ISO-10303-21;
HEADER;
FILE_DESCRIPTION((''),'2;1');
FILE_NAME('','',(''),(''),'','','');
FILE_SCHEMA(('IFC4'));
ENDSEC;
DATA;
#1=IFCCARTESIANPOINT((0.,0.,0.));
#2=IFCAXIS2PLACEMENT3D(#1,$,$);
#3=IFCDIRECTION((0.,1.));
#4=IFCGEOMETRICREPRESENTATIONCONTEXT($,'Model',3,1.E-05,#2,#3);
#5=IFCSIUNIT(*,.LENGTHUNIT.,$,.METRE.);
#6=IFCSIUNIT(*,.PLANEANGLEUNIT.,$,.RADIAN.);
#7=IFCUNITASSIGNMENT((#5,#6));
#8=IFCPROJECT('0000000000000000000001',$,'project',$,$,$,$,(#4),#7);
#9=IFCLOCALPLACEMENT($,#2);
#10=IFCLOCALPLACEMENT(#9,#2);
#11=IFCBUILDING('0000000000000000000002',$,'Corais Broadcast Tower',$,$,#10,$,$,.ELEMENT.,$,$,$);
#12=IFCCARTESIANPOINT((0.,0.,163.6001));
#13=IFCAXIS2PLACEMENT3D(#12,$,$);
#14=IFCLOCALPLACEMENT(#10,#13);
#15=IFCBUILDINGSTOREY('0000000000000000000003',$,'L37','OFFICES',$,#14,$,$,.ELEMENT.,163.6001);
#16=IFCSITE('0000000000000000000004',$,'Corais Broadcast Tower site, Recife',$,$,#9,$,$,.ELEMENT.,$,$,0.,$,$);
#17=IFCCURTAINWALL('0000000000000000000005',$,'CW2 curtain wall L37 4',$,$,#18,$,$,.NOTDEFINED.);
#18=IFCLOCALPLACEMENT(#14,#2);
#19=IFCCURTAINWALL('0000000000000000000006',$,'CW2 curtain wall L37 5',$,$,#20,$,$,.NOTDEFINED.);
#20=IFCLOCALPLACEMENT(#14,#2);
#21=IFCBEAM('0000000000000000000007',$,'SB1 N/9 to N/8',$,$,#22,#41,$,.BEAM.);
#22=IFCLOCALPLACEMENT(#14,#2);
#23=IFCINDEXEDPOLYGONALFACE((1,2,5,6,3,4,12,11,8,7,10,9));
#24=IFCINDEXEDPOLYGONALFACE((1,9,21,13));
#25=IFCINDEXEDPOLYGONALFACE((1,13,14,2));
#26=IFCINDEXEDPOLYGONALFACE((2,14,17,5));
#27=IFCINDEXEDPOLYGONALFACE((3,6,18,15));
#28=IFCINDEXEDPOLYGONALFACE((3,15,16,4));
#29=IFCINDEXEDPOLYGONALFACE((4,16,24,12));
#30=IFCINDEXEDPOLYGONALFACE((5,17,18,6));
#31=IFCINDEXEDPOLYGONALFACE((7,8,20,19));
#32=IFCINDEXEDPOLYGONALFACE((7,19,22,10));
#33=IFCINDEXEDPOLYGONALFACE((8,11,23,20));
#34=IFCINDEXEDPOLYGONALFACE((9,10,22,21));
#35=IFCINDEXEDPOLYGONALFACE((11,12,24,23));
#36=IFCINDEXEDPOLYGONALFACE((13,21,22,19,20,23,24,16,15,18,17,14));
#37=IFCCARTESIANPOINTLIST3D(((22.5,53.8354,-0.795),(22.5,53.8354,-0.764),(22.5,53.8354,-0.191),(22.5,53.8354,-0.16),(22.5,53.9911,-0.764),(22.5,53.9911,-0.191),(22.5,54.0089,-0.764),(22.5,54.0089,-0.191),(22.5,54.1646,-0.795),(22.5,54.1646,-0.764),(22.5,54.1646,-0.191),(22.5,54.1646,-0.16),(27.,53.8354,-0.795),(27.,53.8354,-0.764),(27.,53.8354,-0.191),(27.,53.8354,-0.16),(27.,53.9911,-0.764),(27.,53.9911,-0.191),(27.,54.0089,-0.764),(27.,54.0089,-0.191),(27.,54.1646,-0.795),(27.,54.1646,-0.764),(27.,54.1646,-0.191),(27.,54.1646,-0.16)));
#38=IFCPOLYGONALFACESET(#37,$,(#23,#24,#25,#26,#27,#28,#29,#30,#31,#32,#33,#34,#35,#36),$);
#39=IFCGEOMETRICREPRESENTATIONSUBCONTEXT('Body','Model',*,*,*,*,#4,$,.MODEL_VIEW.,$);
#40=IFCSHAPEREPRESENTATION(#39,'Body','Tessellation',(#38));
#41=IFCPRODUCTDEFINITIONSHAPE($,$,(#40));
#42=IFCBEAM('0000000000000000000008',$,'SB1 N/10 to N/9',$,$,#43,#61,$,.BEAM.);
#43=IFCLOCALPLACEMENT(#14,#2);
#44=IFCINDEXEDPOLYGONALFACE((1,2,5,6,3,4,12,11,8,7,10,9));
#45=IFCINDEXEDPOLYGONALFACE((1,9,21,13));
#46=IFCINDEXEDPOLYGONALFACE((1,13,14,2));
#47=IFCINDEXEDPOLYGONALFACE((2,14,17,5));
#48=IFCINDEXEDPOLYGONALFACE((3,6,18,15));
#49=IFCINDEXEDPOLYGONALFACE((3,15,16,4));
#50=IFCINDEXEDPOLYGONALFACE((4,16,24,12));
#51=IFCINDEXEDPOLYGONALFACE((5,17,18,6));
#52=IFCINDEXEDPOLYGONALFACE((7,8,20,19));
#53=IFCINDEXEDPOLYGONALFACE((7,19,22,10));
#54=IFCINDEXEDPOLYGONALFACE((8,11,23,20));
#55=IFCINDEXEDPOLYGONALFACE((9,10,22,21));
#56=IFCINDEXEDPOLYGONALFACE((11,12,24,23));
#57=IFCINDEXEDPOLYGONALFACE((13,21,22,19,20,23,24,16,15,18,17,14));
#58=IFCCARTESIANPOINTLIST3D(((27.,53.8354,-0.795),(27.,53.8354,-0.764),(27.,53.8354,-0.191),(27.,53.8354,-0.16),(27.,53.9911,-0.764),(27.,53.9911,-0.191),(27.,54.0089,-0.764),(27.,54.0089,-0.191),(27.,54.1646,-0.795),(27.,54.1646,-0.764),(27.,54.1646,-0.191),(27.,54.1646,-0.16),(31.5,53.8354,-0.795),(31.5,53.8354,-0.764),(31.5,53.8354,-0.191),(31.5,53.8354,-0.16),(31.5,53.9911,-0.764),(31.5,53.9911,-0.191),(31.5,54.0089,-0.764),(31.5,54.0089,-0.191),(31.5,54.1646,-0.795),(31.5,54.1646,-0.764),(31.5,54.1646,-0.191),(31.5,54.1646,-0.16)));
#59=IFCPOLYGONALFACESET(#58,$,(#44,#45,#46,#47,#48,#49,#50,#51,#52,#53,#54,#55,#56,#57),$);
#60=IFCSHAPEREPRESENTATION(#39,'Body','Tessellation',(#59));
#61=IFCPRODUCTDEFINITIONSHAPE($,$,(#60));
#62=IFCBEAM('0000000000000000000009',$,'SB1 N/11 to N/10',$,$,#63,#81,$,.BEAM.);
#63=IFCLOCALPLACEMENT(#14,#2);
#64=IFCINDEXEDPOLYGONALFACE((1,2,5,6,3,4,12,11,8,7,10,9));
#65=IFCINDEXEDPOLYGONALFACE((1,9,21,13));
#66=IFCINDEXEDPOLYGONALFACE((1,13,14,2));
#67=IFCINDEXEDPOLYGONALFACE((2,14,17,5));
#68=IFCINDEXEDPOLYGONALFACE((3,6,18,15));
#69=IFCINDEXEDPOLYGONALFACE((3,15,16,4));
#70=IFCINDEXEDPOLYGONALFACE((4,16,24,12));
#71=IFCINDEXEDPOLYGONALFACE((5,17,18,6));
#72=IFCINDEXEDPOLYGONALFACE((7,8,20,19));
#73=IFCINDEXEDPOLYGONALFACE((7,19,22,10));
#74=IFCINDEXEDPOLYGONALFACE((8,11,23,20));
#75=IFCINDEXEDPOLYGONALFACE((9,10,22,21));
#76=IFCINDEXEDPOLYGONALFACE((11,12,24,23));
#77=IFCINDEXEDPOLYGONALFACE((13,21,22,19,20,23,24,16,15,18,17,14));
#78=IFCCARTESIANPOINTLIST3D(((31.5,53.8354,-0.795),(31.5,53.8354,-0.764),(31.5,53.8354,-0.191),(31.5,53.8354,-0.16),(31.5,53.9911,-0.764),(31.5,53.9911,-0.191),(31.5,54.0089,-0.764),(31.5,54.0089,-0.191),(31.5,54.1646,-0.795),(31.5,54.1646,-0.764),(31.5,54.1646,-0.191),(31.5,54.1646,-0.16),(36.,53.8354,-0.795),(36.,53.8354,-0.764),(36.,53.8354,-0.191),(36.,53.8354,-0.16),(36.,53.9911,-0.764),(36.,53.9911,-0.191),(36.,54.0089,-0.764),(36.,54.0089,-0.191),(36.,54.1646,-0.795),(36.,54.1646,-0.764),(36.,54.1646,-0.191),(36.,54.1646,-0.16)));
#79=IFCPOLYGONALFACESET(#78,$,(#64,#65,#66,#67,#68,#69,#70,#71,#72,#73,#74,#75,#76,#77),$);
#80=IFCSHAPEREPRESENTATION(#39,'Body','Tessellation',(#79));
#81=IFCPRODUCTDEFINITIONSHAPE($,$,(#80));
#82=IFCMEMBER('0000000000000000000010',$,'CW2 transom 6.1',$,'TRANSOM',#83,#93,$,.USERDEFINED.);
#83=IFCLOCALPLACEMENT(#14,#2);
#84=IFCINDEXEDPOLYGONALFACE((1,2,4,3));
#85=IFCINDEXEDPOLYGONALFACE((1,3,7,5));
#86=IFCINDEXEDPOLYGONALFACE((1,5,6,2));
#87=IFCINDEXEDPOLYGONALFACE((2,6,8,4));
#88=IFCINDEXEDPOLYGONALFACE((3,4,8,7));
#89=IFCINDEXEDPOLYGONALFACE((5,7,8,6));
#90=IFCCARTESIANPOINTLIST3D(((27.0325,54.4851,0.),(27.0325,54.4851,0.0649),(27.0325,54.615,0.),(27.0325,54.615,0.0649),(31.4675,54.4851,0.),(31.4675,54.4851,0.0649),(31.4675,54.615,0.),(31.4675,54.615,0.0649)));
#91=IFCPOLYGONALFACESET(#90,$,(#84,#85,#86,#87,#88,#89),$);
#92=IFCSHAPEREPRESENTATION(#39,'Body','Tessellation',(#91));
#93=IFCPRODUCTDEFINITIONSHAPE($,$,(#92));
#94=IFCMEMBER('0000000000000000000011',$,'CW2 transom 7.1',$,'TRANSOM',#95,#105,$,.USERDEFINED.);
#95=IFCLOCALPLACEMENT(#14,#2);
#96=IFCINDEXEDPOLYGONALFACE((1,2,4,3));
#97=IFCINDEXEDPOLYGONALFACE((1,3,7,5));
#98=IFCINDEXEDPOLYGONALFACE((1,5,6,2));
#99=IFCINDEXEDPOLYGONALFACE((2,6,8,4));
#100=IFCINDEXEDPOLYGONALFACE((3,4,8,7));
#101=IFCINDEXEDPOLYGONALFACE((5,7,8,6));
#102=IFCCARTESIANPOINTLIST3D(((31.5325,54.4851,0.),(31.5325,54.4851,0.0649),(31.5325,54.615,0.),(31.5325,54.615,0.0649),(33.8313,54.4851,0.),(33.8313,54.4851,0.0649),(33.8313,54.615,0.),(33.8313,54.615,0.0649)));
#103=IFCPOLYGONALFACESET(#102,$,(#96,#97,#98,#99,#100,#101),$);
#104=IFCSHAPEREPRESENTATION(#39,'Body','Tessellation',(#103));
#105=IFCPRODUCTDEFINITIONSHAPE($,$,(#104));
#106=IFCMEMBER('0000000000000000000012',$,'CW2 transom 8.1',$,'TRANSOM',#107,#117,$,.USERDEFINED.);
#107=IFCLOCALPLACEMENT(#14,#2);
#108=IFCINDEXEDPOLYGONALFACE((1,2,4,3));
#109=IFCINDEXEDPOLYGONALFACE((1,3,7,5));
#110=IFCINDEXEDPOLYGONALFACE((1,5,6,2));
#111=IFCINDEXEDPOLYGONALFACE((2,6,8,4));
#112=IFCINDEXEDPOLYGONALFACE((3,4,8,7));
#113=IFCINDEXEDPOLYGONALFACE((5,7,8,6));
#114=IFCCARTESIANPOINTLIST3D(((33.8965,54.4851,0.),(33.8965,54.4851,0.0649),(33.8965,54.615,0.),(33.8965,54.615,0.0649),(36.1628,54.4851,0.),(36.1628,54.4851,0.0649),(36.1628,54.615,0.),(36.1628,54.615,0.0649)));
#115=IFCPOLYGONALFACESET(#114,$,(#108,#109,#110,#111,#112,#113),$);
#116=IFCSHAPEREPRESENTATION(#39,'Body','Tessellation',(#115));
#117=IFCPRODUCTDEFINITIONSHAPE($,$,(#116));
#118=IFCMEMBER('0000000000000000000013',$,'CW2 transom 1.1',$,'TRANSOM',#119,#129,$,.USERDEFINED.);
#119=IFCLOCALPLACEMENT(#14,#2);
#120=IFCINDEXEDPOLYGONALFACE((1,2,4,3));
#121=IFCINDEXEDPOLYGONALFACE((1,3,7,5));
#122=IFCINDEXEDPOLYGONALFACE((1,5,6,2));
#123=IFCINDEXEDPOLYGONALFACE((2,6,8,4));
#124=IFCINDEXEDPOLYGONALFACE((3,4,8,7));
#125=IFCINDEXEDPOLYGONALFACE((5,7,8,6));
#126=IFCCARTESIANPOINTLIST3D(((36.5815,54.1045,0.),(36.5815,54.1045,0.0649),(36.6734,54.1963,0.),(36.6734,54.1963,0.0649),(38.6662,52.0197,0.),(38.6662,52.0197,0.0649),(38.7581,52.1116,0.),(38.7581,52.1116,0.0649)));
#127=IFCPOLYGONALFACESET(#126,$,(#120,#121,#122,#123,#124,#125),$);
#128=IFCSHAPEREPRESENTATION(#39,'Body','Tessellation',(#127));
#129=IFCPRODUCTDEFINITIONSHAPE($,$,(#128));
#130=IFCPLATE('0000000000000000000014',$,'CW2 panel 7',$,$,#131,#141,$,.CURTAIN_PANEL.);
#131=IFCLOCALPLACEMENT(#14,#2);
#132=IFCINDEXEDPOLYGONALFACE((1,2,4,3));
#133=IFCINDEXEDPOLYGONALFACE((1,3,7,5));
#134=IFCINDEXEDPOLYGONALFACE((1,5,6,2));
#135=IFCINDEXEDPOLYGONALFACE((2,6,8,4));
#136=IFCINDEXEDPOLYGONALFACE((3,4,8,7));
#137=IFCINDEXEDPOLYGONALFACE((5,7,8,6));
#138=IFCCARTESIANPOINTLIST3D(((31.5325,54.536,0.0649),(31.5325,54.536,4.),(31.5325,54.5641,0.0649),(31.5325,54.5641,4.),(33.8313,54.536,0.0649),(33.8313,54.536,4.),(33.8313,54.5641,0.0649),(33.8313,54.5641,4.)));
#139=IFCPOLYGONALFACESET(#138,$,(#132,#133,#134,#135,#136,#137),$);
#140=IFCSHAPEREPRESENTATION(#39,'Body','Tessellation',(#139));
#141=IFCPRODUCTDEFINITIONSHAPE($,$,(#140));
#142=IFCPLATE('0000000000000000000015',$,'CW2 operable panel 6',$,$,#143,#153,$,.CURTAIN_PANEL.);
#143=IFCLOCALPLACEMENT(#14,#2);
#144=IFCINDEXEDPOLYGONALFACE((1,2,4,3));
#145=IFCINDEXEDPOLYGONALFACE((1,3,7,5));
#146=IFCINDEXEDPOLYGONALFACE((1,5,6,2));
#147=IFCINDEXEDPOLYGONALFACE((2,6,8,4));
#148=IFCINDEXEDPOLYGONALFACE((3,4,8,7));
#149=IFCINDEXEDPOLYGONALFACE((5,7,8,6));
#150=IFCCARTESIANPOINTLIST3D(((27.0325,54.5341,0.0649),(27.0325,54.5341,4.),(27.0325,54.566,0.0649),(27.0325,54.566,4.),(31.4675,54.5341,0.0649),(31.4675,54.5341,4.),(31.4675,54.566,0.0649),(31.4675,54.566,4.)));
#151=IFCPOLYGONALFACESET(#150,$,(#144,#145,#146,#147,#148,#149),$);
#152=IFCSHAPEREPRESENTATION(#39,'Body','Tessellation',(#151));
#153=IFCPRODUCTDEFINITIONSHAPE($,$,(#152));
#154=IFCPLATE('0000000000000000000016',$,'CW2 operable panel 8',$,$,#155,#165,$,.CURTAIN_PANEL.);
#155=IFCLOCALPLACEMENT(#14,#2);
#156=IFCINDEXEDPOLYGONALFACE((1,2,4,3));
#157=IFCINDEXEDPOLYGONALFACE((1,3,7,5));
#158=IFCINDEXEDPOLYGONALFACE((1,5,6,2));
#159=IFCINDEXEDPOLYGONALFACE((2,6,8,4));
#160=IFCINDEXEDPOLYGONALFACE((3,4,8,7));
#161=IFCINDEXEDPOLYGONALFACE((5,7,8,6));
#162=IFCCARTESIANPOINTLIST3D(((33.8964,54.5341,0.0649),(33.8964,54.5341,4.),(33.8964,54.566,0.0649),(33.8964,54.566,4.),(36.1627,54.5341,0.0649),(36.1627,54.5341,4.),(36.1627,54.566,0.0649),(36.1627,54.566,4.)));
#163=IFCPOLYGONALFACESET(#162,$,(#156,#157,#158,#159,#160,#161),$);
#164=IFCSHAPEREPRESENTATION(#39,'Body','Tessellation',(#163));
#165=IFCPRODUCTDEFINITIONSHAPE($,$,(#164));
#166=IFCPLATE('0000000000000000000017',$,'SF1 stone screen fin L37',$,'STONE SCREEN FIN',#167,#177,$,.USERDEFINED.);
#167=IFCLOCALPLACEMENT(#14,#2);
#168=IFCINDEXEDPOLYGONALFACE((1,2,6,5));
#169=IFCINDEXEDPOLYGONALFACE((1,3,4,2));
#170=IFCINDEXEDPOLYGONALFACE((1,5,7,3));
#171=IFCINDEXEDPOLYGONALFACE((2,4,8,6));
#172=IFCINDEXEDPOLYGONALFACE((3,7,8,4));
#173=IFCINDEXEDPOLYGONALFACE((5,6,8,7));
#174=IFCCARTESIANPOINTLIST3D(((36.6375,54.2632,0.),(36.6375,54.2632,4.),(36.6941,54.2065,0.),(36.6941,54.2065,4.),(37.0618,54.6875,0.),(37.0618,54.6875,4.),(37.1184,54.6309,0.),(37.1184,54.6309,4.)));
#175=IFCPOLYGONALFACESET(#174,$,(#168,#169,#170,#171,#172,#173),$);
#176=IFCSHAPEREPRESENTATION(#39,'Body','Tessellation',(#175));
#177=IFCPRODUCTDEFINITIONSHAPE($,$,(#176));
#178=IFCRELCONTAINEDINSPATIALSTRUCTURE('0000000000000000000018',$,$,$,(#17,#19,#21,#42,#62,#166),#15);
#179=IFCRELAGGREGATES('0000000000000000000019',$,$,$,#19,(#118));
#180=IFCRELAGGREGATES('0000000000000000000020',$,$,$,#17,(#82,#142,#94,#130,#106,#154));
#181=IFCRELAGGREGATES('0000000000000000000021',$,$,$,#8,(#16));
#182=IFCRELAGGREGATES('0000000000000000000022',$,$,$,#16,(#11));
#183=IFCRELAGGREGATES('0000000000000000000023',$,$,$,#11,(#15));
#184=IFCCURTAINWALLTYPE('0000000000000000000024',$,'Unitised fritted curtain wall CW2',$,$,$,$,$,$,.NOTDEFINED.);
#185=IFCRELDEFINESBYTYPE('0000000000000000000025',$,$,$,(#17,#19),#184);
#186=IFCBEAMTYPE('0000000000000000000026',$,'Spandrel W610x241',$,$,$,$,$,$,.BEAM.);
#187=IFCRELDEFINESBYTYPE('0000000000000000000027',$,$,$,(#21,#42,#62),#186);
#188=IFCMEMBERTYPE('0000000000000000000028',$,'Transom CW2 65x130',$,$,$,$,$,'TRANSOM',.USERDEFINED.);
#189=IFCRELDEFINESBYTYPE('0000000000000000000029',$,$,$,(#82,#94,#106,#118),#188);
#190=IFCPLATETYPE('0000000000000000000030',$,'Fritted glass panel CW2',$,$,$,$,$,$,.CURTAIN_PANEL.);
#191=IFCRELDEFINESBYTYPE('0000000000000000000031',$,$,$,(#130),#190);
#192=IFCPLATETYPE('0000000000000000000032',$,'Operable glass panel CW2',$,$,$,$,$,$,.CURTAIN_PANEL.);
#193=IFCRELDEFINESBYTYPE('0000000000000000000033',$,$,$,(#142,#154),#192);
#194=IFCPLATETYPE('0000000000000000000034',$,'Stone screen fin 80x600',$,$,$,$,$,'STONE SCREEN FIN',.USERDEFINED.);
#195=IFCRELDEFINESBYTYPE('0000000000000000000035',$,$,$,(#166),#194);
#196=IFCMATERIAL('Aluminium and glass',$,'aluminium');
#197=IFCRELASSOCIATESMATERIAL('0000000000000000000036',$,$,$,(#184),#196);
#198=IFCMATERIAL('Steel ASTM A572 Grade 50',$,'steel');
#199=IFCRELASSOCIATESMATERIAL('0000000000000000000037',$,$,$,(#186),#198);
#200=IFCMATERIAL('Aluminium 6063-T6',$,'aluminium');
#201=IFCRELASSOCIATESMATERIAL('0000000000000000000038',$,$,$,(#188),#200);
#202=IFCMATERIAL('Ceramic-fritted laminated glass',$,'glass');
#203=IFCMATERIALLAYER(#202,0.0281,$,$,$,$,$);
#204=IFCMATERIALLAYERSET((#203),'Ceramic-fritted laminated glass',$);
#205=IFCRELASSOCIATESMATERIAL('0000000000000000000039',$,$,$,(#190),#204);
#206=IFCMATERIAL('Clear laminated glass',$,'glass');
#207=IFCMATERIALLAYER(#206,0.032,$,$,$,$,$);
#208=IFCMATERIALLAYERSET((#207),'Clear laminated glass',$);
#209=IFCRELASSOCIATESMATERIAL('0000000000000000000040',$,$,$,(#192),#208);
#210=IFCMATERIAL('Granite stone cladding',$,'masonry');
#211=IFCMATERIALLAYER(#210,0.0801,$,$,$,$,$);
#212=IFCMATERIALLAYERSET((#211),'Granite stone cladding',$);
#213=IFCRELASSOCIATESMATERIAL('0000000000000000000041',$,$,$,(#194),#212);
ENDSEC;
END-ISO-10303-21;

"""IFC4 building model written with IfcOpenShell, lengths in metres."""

from ifc_helpers import new_model, si_unit, direction, frame, origin, origin_2d, place, context, subcontext, project, spatial, rectangle, i_section, extrude, material, layer, layer_set, material_profile, profile_set, type_object, element, aggregate, save


model = new_model("IFC4")

# Units and contexts
model_context = context("Model", 3, precision=1e-05, world=origin(), true_north=direction((0.0, 1.0)))
body_context = subcontext(model_context, "Body", "Model", "MODEL_VIEW")
ifc_project = project(units=[si_unit("LENGTHUNIT", "METRE"), si_unit("PLANEANGLEUNIT", "RADIAN")], contexts=[model_context])

# Site, building, storey
site_placement = place(None, origin())
site = spatial("IfcSite", under=ifc_project, at=site_placement, Name="Corais Broadcast Tower site, Recife", CompositionType="ELEMENT", RefElevation=0.0)
building_placement = place(site_placement, origin())
building = spatial("IfcBuilding", under=site, at=building_placement, Name="Corais Broadcast Tower", CompositionType="ELEMENT")
storey_placement = place(building_placement, frame((0.0, 0.0, 163.6001)))
storey = spatial("IfcBuildingStorey", under=building, at=storey_placement, Name="L37", Description="OFFICES", CompositionType="ELEMENT", Elevation=163.6001)

# Curtain wall
ifc_material_1 = material(Name="Aluminium and glass", Category="aluminium")
curtain_wall_type = type_object("IfcCurtainWallType", Name="Unitised fritted curtain wall CW2", PredefinedType="NOTDEFINED", material=ifc_material_1)
curtain_wall_1_placement = place(storey_placement, origin())
curtain_wall_1 = element("IfcCurtainWall", 1, at=curtain_wall_1_placement, inside=storey, type_object=curtain_wall_type, Name="CW2 curtain wall L37 4", PredefinedType="NOTDEFINED")

# Curtain wall
curtain_wall_2_placement = place(storey_placement, origin())
curtain_wall_2 = element("IfcCurtainWall", 2, at=curtain_wall_2_placement, inside=storey, type_object=curtain_wall_type, Name="CW2 curtain wall L37 5", PredefinedType="NOTDEFINED")

# Beams
ifc_material_2 = material(Name="Steel ASTM A572 Grade 50", Category="steel")
ifc_material_profile_1 = material_profile(ifc_material_2, i_section(OverallWidth=0.3291, OverallDepth=0.635, WebThickness=0.0178, FlangeThickness=0.031, at=origin_2d()), Name="W610x241")
ifc_profile_set_1 = profile_set([ifc_material_profile_1], Name="Steel ASTM A572 Grade 50")
beam_type_1 = type_object("IfcBeamType", Name="Spandrel W610x241", PredefinedType="BEAM", material=ifc_profile_set_1)
for number, where, z_axis, x_axis, name in (
    (3, (27.0, 54.0, -0.4775), (-1.0, 0.0, 0.0), (0.0, -1.0, 0.0), "SB1 N/9 to N/8"),
    (4, (31.5, 54.0, -0.4775), (-1.0, 0.0, 0.0), (0.0, -1.0, 0.0), "SB1 N/10 to N/9"),
    (5, (36.0, 54.0, -0.4775), (-1.0, 0.0, 0.0), (0.0, -1.0, 0.0), "SB1 N/11 to N/10"),
):
    element("IfcBeam", number, at=place(storey_placement, frame(where, z_axis=z_axis, x_axis=x_axis)), inside=storey, type_object=beam_type_1, Name=name, PredefinedType="BEAM", context=body_context, shape_type="SweptSolid", body=[
        extrude(i_section(OverallWidth=0.3291, OverallDepth=0.635, WebThickness=0.0178, FlangeThickness=0.031, at=origin_2d()), origin(), (0.0, 0.0, 1.0), 4.5),
    ])

# Members
ifc_material_3 = material(Name="Aluminium 6063-T6", Category="aluminium")
ifc_material_profile_2 = material_profile(ifc_material_3, rectangle(XDim=0.1299, YDim=0.0649, at=origin_2d()), Name="Transom CW2 65x130")
ifc_profile_set_2 = profile_set([ifc_material_profile_2], Name="Aluminium 6063-T6")
member_type_1 = type_object("IfcMemberType", Name="Transom CW2 65x130", ElementType="TRANSOM", PredefinedType="USERDEFINED", material=ifc_profile_set_2)
member_1_placement = place(storey_placement, frame((27.0325, 54.55, 0.0325), z_axis=(1.0, 0.0, 0.0), x_axis=(0.0, 1.0, 0.0)))
member_1 = element("IfcMember", 6, at=member_1_placement, type_object=member_type_1, Name="CW2 transom 6.1", ObjectType="TRANSOM", PredefinedType="USERDEFINED", context=body_context, shape_type="SweptSolid", body=[
    extrude(rectangle(XDim=0.1299, YDim=0.0649, at=origin_2d()), origin(), (0.0, 0.0, 1.0), 4.4351),
])
member_2_placement = place(storey_placement, frame((31.5325, 54.55, 0.0325), z_axis=(1.0, 0.0, 0.0), x_axis=(0.0, 1.0, 0.0)))
member_2 = element("IfcMember", 7, at=member_2_placement, type_object=member_type_1, Name="CW2 transom 7.1", ObjectType="TRANSOM", PredefinedType="USERDEFINED", context=body_context, shape_type="SweptSolid", body=[
    extrude(rectangle(XDim=0.1299, YDim=0.0649, at=origin_2d()), origin(), (0.0, 0.0, 1.0), 2.2988),
])
member_3_placement = place(storey_placement, frame((33.8965, 54.55, 0.0325), z_axis=(1.0, 0.0, 0.0), x_axis=(0.0, 1.0, 0.0)))
member_3 = element("IfcMember", 8, at=member_3_placement, type_object=member_type_1, Name="CW2 transom 8.1", ObjectType="TRANSOM", PredefinedType="USERDEFINED", context=body_context, shape_type="SweptSolid", body=[
    extrude(rectangle(XDim=0.1299, YDim=0.0649, at=origin_2d()), origin(), (0.0, 0.0, 1.0), 2.2664),
])
member_4_placement = place(storey_placement, frame((36.6274, 54.1504, 0.0325), z_axis=(0.707107, -0.707107, 0.0), x_axis=(0.707107, 0.707107, 0.0)))
member_4 = element("IfcMember", 9, at=member_4_placement, type_object=member_type_1, Name="CW2 transom 1.1", ObjectType="TRANSOM", PredefinedType="USERDEFINED", context=body_context, shape_type="SweptSolid", body=[
    extrude(rectangle(XDim=0.1299, YDim=0.0649, at=origin_2d()), origin(), (0.0, 0.0, 1.0), 2.9482),
])
aggregate(curtain_wall_2, [member_4])

# Plates
ifc_material_4 = material(Name="Ceramic-fritted laminated glass", Category="glass")
ifc_layer_1 = layer(ifc_material_4, 0.0281)
ifc_layer_set_1 = layer_set([ifc_layer_1], Name="Ceramic-fritted laminated glass")
plate_type_1 = type_object("IfcPlateType", Name="Fritted glass panel CW2", PredefinedType="CURTAIN_PANEL", material=ifc_layer_set_1)
plate_1_placement = place(storey_placement, frame((32.6819, 54.55, 0.0649), z_axis=(0.0, 0.0, 1.0), x_axis=(1.0, 0.0, 0.0)))
plate_1 = element("IfcPlate", 10, at=plate_1_placement, type_object=plate_type_1, Name="CW2 panel 7", PredefinedType="CURTAIN_PANEL", context=body_context, shape_type="SweptSolid", body=[
    extrude(rectangle(XDim=2.2988, YDim=0.0281, at=origin_2d()), origin(), (0.0, 0.0, 1.0), 3.9351),
])
ifc_material_5 = material(Name="Clear laminated glass", Category="glass")
ifc_layer_2 = layer(ifc_material_5, 0.032)
ifc_layer_set_2 = layer_set([ifc_layer_2], Name="Clear laminated glass")
plate_type_2 = type_object("IfcPlateType", Name="Operable glass panel CW2", PredefinedType="CURTAIN_PANEL", material=ifc_layer_set_2)
plate_2_placement = place(storey_placement, frame((29.25, 54.55, 0.0649), z_axis=(0.0, 0.0, 1.0), x_axis=(1.0, 0.0, 0.0)))
plate_2 = element("IfcPlate", 11, at=plate_2_placement, type_object=plate_type_2, Name="CW2 operable panel 6", PredefinedType="CURTAIN_PANEL", context=body_context, shape_type="SweptSolid", body=[
    extrude(rectangle(XDim=4.4351, YDim=0.032, at=origin_2d()), origin(), (0.0, 0.0, 1.0), 3.9351),
])
plate_3_placement = place(storey_placement, frame((35.0295, 54.55, 0.0649), z_axis=(0.0, 0.0, 1.0), x_axis=(1.0, 0.0, 0.0)))
plate_3 = element("IfcPlate", 12, at=plate_3_placement, type_object=plate_type_2, Name="CW2 operable panel 8", PredefinedType="CURTAIN_PANEL", context=body_context, shape_type="SweptSolid", body=[
    extrude(rectangle(XDim=2.2664, YDim=0.032, at=origin_2d()), origin(), (0.0, 0.0, 1.0), 3.9351),
])
aggregate(curtain_wall_1, [member_1, plate_2, member_2, plate_1, member_3, plate_3])
ifc_material_6 = material(Name="Granite stone cladding", Category="masonry")
ifc_layer_3 = layer(ifc_material_6, 0.0801)
ifc_layer_set_3 = layer_set([ifc_layer_3], Name="Granite stone cladding")
plate_type_3 = type_object("IfcPlateType", Name="Stone screen fin 80x600", ElementType="STONE SCREEN FIN", PredefinedType="USERDEFINED", material=ifc_layer_set_3)
plate_4_placement = place(storey_placement, frame((36.8779, 54.447, 0.0), z_axis=(0.0, 0.0, 1.0), x_axis=(0.707107, -0.707107, 0.0)))
element("IfcPlate", 13, at=plate_4_placement, inside=storey, type_object=plate_type_3, Name="SF1 stone screen fin L37", ObjectType="STONE SCREEN FIN", PredefinedType="USERDEFINED", context=body_context, shape_type="SweptSolid", body=[
    extrude(rectangle(XDim=0.0801, YDim=0.6001, at=origin_2d()), origin(), (0.0, 0.0, 1.0), 4.0),
])

save(model, "model.ifc")
